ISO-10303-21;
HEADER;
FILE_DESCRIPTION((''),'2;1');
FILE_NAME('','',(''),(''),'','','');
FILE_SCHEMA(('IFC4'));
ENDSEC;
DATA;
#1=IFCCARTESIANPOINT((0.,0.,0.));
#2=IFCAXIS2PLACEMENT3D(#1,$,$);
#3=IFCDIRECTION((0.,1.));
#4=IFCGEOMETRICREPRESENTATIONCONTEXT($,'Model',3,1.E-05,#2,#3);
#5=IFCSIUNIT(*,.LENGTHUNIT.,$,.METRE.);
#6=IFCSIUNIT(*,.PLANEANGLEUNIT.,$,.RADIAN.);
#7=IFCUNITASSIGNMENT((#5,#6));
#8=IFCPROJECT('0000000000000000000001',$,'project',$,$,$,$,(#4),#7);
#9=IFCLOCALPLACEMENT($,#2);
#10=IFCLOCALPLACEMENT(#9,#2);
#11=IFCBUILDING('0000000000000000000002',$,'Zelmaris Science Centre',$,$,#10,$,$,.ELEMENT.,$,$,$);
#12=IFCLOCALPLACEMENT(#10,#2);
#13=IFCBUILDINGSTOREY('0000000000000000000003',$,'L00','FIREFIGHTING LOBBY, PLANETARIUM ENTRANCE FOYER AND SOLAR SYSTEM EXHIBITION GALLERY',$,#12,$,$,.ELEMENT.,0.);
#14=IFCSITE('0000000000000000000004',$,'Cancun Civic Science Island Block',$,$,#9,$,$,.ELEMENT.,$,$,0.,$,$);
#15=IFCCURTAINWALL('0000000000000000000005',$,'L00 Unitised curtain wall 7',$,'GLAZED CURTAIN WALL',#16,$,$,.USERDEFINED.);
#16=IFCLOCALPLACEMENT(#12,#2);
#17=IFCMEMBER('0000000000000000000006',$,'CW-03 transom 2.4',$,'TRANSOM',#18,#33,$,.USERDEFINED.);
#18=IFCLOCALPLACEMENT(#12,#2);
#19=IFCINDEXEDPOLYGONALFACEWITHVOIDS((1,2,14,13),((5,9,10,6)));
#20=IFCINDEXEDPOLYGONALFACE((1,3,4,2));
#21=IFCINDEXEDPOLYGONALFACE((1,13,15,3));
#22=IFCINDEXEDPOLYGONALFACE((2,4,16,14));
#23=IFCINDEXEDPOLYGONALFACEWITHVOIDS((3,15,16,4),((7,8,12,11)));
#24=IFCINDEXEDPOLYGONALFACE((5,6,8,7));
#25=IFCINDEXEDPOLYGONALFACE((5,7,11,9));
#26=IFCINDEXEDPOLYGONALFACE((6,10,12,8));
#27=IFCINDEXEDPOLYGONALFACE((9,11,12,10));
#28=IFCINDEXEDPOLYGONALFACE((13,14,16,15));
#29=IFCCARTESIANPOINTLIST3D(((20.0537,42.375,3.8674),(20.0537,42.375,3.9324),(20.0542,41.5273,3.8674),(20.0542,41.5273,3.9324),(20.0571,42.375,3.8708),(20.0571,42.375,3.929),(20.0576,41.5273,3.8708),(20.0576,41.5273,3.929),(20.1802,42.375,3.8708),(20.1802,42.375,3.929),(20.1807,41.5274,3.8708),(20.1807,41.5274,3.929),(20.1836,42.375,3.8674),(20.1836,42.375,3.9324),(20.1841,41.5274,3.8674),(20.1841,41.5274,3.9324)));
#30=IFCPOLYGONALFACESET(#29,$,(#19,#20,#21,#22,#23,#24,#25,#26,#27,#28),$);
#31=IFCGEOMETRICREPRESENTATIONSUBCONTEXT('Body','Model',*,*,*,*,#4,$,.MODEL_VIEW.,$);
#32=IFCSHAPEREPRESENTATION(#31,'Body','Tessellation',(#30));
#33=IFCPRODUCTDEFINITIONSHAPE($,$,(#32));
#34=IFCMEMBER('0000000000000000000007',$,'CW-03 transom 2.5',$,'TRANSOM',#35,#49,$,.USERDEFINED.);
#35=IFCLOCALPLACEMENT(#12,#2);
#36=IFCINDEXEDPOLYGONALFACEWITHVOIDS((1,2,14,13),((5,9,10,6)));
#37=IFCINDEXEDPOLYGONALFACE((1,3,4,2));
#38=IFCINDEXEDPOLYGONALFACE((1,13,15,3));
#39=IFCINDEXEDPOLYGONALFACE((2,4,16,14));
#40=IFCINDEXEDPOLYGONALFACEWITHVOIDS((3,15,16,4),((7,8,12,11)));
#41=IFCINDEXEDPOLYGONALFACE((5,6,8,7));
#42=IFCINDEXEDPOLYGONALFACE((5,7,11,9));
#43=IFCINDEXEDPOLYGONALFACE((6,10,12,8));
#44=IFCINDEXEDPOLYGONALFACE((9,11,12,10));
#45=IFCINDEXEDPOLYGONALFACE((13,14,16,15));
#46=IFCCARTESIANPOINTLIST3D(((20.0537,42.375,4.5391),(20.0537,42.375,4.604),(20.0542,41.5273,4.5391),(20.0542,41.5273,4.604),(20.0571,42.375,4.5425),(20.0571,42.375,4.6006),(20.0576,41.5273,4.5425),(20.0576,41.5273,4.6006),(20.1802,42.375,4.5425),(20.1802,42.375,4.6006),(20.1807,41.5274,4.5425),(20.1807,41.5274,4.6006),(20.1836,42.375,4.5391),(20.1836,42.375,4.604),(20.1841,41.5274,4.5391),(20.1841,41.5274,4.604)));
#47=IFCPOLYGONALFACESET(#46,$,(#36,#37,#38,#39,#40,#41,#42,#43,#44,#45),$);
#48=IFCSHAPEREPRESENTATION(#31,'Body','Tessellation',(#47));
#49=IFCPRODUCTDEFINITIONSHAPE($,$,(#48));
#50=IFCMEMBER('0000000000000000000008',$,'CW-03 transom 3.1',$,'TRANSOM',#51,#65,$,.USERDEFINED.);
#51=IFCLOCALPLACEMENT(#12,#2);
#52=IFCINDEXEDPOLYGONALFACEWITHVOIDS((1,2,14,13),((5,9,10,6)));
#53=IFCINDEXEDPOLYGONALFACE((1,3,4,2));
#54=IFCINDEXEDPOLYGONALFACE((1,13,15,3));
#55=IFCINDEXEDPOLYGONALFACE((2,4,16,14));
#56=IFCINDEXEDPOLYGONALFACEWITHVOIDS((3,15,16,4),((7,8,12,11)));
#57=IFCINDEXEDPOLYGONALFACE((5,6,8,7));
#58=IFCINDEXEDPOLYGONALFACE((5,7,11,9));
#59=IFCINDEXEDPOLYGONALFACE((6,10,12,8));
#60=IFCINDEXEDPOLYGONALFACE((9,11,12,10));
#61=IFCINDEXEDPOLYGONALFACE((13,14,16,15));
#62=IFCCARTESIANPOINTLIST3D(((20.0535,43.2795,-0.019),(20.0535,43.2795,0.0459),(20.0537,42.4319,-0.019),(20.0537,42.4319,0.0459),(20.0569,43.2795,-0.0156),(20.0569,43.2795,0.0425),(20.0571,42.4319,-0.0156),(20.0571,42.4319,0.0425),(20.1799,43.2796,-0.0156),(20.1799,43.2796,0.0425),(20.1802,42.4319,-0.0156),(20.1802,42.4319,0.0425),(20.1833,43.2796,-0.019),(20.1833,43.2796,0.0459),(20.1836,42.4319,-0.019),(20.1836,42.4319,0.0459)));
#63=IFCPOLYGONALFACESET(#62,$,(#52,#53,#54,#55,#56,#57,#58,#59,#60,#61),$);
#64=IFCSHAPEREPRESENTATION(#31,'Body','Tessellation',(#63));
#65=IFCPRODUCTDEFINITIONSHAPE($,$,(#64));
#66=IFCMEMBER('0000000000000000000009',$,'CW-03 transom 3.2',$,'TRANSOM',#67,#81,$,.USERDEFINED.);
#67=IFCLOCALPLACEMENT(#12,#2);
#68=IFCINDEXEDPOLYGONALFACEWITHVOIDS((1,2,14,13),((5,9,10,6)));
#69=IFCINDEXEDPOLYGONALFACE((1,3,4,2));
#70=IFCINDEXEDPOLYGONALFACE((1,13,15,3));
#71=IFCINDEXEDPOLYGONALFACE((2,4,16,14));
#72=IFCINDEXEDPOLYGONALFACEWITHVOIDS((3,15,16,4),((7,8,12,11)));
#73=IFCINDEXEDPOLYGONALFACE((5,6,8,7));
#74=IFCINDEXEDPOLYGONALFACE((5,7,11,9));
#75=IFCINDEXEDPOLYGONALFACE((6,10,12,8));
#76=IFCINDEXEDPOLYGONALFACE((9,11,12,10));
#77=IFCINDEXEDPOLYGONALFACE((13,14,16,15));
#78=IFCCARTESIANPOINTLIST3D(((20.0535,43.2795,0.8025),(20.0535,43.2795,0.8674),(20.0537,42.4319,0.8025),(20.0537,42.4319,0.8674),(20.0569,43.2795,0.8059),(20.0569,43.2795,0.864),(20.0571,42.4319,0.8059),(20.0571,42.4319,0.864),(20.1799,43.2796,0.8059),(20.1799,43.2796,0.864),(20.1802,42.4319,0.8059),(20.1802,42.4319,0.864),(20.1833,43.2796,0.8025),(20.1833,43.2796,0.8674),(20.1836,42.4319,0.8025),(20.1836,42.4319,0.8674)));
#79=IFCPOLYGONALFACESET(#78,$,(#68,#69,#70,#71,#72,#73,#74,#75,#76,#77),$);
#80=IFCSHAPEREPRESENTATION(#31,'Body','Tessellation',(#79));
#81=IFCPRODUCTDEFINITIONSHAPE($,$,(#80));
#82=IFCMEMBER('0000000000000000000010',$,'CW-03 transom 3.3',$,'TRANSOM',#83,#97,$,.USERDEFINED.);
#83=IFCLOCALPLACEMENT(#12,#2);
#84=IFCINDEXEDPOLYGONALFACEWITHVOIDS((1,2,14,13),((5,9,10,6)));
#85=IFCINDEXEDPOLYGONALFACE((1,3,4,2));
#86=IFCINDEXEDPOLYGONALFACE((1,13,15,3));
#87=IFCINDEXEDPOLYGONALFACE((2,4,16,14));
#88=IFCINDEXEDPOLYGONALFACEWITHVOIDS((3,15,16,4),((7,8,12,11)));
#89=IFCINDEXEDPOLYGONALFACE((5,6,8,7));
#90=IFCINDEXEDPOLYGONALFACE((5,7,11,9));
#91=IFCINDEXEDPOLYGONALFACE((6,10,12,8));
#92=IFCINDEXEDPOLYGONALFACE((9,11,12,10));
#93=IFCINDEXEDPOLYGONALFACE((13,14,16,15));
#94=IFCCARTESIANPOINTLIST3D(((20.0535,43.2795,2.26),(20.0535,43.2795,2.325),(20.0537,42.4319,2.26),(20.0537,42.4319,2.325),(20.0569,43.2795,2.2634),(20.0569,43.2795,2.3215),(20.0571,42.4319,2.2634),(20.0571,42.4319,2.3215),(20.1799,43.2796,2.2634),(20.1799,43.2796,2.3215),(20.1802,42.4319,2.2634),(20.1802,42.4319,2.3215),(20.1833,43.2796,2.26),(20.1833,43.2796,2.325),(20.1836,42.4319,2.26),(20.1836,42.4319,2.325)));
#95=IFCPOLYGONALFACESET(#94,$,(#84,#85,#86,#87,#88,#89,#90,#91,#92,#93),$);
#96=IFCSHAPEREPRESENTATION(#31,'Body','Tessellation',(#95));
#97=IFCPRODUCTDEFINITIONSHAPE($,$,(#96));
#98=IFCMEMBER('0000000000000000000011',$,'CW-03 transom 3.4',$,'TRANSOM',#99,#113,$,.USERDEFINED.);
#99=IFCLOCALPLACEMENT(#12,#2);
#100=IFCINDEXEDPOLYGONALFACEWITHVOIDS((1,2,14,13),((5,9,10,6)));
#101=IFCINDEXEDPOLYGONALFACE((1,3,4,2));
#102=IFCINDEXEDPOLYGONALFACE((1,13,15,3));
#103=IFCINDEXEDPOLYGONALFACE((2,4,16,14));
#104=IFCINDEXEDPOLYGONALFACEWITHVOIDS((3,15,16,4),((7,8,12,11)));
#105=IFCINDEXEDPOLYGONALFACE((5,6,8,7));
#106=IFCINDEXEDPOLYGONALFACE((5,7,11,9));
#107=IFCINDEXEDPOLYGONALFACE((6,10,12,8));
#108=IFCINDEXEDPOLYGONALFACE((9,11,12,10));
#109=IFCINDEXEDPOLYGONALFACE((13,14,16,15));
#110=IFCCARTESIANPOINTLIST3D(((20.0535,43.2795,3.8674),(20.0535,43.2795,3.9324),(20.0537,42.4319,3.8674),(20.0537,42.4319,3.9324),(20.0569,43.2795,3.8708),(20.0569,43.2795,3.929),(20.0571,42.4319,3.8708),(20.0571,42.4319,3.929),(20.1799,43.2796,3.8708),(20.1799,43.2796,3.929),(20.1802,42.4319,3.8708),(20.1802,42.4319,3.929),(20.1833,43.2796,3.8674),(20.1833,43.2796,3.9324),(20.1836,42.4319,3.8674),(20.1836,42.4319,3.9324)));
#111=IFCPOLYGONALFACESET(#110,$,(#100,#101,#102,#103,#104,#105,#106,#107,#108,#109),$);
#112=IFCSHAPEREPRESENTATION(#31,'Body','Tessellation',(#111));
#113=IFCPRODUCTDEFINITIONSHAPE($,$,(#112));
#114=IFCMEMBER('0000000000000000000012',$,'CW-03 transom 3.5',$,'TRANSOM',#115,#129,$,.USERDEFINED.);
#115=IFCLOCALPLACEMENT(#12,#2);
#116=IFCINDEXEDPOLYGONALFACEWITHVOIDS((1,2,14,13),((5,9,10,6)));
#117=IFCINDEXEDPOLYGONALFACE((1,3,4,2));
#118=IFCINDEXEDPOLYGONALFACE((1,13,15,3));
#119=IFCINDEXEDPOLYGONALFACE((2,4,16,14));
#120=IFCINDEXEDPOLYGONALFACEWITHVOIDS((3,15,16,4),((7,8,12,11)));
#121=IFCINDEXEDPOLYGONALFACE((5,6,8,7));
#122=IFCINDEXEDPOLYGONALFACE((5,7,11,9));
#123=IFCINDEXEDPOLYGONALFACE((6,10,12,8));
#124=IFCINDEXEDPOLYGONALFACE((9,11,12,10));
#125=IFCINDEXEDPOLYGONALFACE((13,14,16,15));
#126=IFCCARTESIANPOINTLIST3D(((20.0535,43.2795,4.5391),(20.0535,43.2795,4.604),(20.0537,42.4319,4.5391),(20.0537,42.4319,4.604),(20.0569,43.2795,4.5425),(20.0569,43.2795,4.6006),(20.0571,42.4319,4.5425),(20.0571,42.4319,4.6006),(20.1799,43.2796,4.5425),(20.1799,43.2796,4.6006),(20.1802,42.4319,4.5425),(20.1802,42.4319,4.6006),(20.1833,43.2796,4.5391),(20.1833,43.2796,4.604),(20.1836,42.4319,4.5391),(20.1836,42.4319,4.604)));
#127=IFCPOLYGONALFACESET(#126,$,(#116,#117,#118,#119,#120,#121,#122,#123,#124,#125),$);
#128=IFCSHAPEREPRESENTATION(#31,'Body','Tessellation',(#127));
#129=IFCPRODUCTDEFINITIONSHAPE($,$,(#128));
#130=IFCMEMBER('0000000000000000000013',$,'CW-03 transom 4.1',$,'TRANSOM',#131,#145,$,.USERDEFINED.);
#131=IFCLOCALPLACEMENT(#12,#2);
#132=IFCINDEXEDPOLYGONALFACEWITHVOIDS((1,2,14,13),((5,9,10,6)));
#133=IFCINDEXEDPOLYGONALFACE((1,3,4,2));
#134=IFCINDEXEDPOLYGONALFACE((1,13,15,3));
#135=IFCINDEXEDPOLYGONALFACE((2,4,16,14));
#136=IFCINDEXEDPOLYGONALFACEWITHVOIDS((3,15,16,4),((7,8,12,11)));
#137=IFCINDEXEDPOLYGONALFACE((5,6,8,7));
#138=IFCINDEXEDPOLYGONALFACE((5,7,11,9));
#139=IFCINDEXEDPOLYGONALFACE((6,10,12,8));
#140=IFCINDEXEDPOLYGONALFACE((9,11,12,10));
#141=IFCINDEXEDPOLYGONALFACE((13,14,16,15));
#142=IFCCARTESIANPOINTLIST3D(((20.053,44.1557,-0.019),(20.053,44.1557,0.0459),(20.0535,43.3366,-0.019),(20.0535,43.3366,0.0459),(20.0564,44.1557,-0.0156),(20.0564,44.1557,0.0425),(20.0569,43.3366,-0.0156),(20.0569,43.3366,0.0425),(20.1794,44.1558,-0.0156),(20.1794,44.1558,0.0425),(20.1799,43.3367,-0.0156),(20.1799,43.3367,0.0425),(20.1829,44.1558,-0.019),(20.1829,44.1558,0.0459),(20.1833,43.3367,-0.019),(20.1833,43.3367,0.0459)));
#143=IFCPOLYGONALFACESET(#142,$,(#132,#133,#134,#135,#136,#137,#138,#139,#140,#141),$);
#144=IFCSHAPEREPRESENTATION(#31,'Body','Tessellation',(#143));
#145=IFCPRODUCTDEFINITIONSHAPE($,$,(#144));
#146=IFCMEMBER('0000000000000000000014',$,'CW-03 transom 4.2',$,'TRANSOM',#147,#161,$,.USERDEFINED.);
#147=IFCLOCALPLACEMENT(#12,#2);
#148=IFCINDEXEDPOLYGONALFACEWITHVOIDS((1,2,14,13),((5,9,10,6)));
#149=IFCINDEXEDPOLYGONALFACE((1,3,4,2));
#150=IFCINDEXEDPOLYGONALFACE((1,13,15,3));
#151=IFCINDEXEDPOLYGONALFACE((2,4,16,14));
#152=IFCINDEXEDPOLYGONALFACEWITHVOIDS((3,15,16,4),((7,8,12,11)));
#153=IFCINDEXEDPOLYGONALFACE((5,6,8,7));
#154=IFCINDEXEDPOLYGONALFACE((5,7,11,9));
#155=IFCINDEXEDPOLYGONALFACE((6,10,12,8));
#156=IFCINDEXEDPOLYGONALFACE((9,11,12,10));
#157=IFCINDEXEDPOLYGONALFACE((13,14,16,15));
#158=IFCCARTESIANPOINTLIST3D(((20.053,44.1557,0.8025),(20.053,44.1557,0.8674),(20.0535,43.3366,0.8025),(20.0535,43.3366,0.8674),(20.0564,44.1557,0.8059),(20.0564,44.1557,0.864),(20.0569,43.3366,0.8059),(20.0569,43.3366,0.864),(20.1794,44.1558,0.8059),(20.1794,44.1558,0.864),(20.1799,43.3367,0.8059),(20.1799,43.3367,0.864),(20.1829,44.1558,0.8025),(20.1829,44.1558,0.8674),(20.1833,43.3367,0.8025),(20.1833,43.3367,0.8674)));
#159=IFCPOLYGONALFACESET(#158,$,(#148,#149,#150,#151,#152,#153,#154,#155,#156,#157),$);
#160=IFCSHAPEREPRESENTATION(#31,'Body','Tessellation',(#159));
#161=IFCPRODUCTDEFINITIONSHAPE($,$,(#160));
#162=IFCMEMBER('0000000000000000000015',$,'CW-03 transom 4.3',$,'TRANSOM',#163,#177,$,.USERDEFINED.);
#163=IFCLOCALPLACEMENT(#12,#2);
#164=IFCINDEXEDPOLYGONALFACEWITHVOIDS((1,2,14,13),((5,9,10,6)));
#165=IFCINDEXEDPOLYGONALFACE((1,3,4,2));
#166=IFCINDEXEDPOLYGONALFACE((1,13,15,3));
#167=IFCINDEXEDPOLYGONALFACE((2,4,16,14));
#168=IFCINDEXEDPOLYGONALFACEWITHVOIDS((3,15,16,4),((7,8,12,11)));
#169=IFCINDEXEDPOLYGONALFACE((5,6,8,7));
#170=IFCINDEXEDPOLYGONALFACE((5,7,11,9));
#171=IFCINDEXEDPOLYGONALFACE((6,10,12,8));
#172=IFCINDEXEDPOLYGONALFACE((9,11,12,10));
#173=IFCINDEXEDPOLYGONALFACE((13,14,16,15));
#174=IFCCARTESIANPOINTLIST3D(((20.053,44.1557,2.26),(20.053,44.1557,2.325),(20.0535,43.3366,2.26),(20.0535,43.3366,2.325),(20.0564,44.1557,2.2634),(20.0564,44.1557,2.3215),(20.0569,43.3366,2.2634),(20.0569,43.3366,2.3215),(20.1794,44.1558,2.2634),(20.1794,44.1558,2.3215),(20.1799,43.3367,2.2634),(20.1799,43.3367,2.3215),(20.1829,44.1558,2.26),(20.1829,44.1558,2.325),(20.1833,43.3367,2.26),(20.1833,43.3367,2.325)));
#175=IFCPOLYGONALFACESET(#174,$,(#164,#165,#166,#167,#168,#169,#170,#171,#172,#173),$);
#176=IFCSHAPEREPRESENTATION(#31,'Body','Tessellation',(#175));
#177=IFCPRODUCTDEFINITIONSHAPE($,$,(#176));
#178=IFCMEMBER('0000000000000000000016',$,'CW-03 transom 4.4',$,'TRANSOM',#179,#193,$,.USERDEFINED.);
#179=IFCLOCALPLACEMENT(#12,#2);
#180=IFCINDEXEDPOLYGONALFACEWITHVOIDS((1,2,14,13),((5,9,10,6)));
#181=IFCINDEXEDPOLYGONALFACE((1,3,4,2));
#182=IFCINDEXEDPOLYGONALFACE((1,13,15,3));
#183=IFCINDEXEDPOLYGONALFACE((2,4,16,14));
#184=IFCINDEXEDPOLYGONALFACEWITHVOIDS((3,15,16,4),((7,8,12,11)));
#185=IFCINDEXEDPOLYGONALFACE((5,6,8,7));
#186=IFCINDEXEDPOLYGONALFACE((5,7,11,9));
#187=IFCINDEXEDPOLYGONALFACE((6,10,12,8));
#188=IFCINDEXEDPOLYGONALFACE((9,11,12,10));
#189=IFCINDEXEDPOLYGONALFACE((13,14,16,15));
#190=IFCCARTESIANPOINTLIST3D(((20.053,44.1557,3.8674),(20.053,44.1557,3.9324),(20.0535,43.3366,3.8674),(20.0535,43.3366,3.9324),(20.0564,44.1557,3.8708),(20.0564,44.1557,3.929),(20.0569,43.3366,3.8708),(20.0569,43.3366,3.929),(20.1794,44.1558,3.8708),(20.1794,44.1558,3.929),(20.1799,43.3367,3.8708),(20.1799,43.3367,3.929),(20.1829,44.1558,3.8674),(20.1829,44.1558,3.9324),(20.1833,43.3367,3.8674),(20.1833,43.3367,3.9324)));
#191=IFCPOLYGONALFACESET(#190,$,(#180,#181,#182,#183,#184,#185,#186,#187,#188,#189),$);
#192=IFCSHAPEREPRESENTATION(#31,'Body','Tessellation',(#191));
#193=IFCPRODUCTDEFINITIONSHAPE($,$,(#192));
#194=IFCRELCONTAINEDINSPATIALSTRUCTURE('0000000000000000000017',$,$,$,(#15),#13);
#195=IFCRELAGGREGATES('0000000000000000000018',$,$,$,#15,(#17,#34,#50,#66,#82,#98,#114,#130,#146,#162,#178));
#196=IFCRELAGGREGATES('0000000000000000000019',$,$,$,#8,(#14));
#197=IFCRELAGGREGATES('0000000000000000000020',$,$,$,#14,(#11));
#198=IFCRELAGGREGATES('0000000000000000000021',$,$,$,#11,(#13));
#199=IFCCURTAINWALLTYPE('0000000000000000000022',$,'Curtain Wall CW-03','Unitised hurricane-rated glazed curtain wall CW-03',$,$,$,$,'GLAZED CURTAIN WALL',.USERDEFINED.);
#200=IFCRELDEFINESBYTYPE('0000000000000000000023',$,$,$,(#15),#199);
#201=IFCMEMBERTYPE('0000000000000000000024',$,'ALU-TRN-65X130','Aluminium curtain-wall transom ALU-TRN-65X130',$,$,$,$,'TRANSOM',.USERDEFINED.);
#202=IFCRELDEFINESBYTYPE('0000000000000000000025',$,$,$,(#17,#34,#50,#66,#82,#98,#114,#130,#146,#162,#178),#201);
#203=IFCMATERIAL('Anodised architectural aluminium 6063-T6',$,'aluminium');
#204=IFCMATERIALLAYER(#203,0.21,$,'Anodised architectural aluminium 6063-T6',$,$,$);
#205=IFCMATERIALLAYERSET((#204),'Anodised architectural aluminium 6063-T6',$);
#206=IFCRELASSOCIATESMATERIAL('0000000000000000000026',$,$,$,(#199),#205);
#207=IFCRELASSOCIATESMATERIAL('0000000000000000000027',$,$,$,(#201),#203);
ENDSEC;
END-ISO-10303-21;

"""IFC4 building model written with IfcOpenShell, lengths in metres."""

from ifc_helpers import new_model, si_unit, direction, frame, origin, origin_2d, place, context, subcontext, project, spatial, hollow_rectangle, extrude, material, layer, layer_set, material_profile, profile_set, type_object, element, aggregate, save


model = new_model("IFC4")

# Units and contexts
model_context = context("Model", 3, precision=1e-05, world=origin(), true_north=direction((0.0, 1.0)))
body_context = subcontext(model_context, "Body", "Model", "MODEL_VIEW")
ifc_project = project(units=[si_unit("LENGTHUNIT", "METRE"), si_unit("PLANEANGLEUNIT", "RADIAN")], contexts=[model_context])

# Site, building, storey
site_placement = place(None, origin())
site = spatial("IfcSite", under=ifc_project, at=site_placement, Name="Cancun Civic Science Island Block", CompositionType="ELEMENT", RefElevation=0.0)
building_placement = place(site_placement, origin())
building = spatial("IfcBuilding", under=site, at=building_placement, Name="Zelmaris Science Centre", CompositionType="ELEMENT")
storey_placement = place(building_placement, origin())
storey = spatial("IfcBuildingStorey", under=building, at=storey_placement, Name="L00", Description="FIREFIGHTING LOBBY, PLANETARIUM ENTRANCE FOYER AND SOLAR SYSTEM EXHIBITION GALLERY", CompositionType="ELEMENT", Elevation=0.0)

# Curtain wall, members
ifc_material_1 = material(Name="Anodised architectural aluminium 6063-T6", Category="aluminium")
ifc_layer_1 = layer(ifc_material_1, 0.21, Name="Anodised architectural aluminium 6063-T6")
ifc_layer_set_1 = layer_set([ifc_layer_1], Name="Anodised architectural aluminium 6063-T6")
curtain_wall_type = type_object("IfcCurtainWallType", Name="Curtain Wall CW-03", Description="Unitised hurricane-rated glazed curtain wall CW-03", ElementType="GLAZED CURTAIN WALL", PredefinedType="USERDEFINED", material=ifc_layer_set_1)
curtain_wall_placement = place(storey_placement, origin())
curtain_wall = element("IfcCurtainWall", 1, at=curtain_wall_placement, inside=storey, type_object=curtain_wall_type, Name="L00 Unitised curtain wall 7", ObjectType="GLAZED CURTAIN WALL", PredefinedType="USERDEFINED")
ifc_material_profile_1 = material_profile(ifc_material_1, hollow_rectangle(XDim=0.0649, YDim=0.1299, WallThickness=0.0034, at=origin_2d()), Name="ALU-TRN-65X130")
ifc_profile_set_1 = profile_set([ifc_material_profile_1], Name="Anodised architectural aluminium 6063-T6")
member_type_1 = type_object("IfcMemberType", Name="ALU-TRN-65X130", Description="Aluminium curtain-wall transom ALU-TRN-65X130", ElementType="TRANSOM", PredefinedType="USERDEFINED", material=ifc_profile_set_1)
member_1_placement = place(storey_placement, frame((20.1191, 41.5273, 3.8999), z_axis=(-0.000576, 1.0, 0.0), x_axis=(0.0, 0.0, 1.0)))
member_1 = element("IfcMember", 2, at=member_1_placement, type_object=member_type_1, Name="CW-03 transom 2.4", ObjectType="TRANSOM", PredefinedType="USERDEFINED", context=body_context, shape_type="SweptSolid", body=[
    extrude(hollow_rectangle(XDim=0.0649, YDim=0.1299, WallThickness=0.0034, at=origin_2d()), origin(), (0.0, 0.0, 1.0), 0.8477),
])
member_2_placement = place(storey_placement, frame((20.1191, 41.5273, 4.5715), z_axis=(-0.000576, 1.0, 0.0), x_axis=(0.0, 0.0, 1.0)))
member_2 = element("IfcMember", 3, at=member_2_placement, type_object=member_type_1, Name="CW-03 transom 2.5", ObjectType="TRANSOM", PredefinedType="USERDEFINED", context=body_context, shape_type="SweptSolid", body=[
    extrude(hollow_rectangle(XDim=0.0649, YDim=0.1299, WallThickness=0.0034, at=origin_2d()), origin(), (0.0, 0.0, 1.0), 0.8477),
])
member_3_placement = place(storey_placement, frame((20.1187, 42.4319, 0.0134), z_axis=(-0.000288, 1.0, 0.0), x_axis=(0.0, 0.0, 1.0)))
member_3 = element("IfcMember", 4, at=member_3_placement, type_object=member_type_1, Name="CW-03 transom 3.1", ObjectType="TRANSOM", PredefinedType="USERDEFINED", context=body_context, shape_type="SweptSolid", body=[
    extrude(hollow_rectangle(XDim=0.0649, YDim=0.1299, WallThickness=0.0034, at=origin_2d()), origin(), (0.0, 0.0, 1.0), 0.8477),
])
member_4_placement = place(storey_placement, frame((20.1187, 42.4319, 0.835), z_axis=(-0.000288, 1.0, 0.0), x_axis=(0.0, 0.0, 1.0)))
member_4 = element("IfcMember", 5, at=member_4_placement, type_object=member_type_1, Name="CW-03 transom 3.2", ObjectType="TRANSOM", PredefinedType="USERDEFINED", context=body_context, shape_type="SweptSolid", body=[
    extrude(hollow_rectangle(XDim=0.0649, YDim=0.1299, WallThickness=0.0034, at=origin_2d()), origin(), (0.0, 0.0, 1.0), 0.8477),
])
member_5_placement = place(storey_placement, frame((20.1187, 42.4319, 2.2925), z_axis=(-0.000288, 1.0, 0.0), x_axis=(0.0, 0.0, 1.0)))
member_5 = element("IfcMember", 6, at=member_5_placement, type_object=member_type_1, Name="CW-03 transom 3.3", ObjectType="TRANSOM", PredefinedType="USERDEFINED", context=body_context, shape_type="SweptSolid", body=[
    extrude(hollow_rectangle(XDim=0.0649, YDim=0.1299, WallThickness=0.0034, at=origin_2d()), origin(), (0.0, 0.0, 1.0), 0.8477),
])
member_6_placement = place(storey_placement, frame((20.1187, 42.4319, 3.8999), z_axis=(-0.000288, 1.0, 0.0), x_axis=(0.0, 0.0, 1.0)))
member_6 = element("IfcMember", 7, at=member_6_placement, type_object=member_type_1, Name="CW-03 transom 3.4", ObjectType="TRANSOM", PredefinedType="USERDEFINED", context=body_context, shape_type="SweptSolid", body=[
    extrude(hollow_rectangle(XDim=0.0649, YDim=0.1299, WallThickness=0.0034, at=origin_2d()), origin(), (0.0, 0.0, 1.0), 0.8477),
])
member_7_placement = place(storey_placement, frame((20.1187, 42.4319, 4.5715), z_axis=(-0.000288, 1.0, 0.0), x_axis=(0.0, 0.0, 1.0)))
member_7 = element("IfcMember", 8, at=member_7_placement, type_object=member_type_1, Name="CW-03 transom 3.5", ObjectType="TRANSOM", PredefinedType="USERDEFINED", context=body_context, shape_type="SweptSolid", body=[
    extrude(hollow_rectangle(XDim=0.0649, YDim=0.1299, WallThickness=0.0034, at=origin_2d()), origin(), (0.0, 0.0, 1.0), 0.8477),
])
member_8_placement = place(storey_placement, frame((20.1184, 43.3367, 0.0134), z_axis=(-0.000596, 1.0, 0.0), x_axis=(0.0, 0.0, 1.0)))
member_8 = element("IfcMember", 9, at=member_8_placement, type_object=member_type_1, Name="CW-03 transom 4.1", ObjectType="TRANSOM", PredefinedType="USERDEFINED", context=body_context, shape_type="SweptSolid", body=[
    extrude(hollow_rectangle(XDim=0.0649, YDim=0.1299, WallThickness=0.0034, at=origin_2d()), origin(), (0.0, 0.0, 1.0), 0.8191),
])
member_9_placement = place(storey_placement, frame((20.1184, 43.3367, 0.835), z_axis=(-0.000596, 1.0, 0.0), x_axis=(0.0, 0.0, 1.0)))
member_9 = element("IfcMember", 10, at=member_9_placement, type_object=member_type_1, Name="CW-03 transom 4.2", ObjectType="TRANSOM", PredefinedType="USERDEFINED", context=body_context, shape_type="SweptSolid", body=[
    extrude(hollow_rectangle(XDim=0.0649, YDim=0.1299, WallThickness=0.0034, at=origin_2d()), origin(), (0.0, 0.0, 1.0), 0.8191),
])
member_10_placement = place(storey_placement, frame((20.1184, 43.3367, 2.2925), z_axis=(-0.000596, 1.0, 0.0), x_axis=(0.0, 0.0, 1.0)))
member_10 = element("IfcMember", 11, at=member_10_placement, type_object=member_type_1, Name="CW-03 transom 4.3", ObjectType="TRANSOM", PredefinedType="USERDEFINED", context=body_context, shape_type="SweptSolid", body=[
    extrude(hollow_rectangle(XDim=0.0649, YDim=0.1299, WallThickness=0.0034, at=origin_2d()), origin(), (0.0, 0.0, 1.0), 0.8191),
])
member_11_placement = place(storey_placement, frame((20.1184, 43.3367, 3.8999), z_axis=(-0.000596, 1.0, 0.0), x_axis=(0.0, 0.0, 1.0)))
member_11 = element("IfcMember", 12, at=member_11_placement, type_object=member_type_1, Name="CW-03 transom 4.4", ObjectType="TRANSOM", PredefinedType="USERDEFINED", context=body_context, shape_type="SweptSolid", body=[
    extrude(hollow_rectangle(XDim=0.0649, YDim=0.1299, WallThickness=0.0034, at=origin_2d()), origin(), (0.0, 0.0, 1.0), 0.8191),
])

aggregate(curtain_wall, [member_1, member_2, member_3, member_4, member_5, member_6, member_7, member_8, member_9, member_10, member_11])

save(model, "model.ifc")
